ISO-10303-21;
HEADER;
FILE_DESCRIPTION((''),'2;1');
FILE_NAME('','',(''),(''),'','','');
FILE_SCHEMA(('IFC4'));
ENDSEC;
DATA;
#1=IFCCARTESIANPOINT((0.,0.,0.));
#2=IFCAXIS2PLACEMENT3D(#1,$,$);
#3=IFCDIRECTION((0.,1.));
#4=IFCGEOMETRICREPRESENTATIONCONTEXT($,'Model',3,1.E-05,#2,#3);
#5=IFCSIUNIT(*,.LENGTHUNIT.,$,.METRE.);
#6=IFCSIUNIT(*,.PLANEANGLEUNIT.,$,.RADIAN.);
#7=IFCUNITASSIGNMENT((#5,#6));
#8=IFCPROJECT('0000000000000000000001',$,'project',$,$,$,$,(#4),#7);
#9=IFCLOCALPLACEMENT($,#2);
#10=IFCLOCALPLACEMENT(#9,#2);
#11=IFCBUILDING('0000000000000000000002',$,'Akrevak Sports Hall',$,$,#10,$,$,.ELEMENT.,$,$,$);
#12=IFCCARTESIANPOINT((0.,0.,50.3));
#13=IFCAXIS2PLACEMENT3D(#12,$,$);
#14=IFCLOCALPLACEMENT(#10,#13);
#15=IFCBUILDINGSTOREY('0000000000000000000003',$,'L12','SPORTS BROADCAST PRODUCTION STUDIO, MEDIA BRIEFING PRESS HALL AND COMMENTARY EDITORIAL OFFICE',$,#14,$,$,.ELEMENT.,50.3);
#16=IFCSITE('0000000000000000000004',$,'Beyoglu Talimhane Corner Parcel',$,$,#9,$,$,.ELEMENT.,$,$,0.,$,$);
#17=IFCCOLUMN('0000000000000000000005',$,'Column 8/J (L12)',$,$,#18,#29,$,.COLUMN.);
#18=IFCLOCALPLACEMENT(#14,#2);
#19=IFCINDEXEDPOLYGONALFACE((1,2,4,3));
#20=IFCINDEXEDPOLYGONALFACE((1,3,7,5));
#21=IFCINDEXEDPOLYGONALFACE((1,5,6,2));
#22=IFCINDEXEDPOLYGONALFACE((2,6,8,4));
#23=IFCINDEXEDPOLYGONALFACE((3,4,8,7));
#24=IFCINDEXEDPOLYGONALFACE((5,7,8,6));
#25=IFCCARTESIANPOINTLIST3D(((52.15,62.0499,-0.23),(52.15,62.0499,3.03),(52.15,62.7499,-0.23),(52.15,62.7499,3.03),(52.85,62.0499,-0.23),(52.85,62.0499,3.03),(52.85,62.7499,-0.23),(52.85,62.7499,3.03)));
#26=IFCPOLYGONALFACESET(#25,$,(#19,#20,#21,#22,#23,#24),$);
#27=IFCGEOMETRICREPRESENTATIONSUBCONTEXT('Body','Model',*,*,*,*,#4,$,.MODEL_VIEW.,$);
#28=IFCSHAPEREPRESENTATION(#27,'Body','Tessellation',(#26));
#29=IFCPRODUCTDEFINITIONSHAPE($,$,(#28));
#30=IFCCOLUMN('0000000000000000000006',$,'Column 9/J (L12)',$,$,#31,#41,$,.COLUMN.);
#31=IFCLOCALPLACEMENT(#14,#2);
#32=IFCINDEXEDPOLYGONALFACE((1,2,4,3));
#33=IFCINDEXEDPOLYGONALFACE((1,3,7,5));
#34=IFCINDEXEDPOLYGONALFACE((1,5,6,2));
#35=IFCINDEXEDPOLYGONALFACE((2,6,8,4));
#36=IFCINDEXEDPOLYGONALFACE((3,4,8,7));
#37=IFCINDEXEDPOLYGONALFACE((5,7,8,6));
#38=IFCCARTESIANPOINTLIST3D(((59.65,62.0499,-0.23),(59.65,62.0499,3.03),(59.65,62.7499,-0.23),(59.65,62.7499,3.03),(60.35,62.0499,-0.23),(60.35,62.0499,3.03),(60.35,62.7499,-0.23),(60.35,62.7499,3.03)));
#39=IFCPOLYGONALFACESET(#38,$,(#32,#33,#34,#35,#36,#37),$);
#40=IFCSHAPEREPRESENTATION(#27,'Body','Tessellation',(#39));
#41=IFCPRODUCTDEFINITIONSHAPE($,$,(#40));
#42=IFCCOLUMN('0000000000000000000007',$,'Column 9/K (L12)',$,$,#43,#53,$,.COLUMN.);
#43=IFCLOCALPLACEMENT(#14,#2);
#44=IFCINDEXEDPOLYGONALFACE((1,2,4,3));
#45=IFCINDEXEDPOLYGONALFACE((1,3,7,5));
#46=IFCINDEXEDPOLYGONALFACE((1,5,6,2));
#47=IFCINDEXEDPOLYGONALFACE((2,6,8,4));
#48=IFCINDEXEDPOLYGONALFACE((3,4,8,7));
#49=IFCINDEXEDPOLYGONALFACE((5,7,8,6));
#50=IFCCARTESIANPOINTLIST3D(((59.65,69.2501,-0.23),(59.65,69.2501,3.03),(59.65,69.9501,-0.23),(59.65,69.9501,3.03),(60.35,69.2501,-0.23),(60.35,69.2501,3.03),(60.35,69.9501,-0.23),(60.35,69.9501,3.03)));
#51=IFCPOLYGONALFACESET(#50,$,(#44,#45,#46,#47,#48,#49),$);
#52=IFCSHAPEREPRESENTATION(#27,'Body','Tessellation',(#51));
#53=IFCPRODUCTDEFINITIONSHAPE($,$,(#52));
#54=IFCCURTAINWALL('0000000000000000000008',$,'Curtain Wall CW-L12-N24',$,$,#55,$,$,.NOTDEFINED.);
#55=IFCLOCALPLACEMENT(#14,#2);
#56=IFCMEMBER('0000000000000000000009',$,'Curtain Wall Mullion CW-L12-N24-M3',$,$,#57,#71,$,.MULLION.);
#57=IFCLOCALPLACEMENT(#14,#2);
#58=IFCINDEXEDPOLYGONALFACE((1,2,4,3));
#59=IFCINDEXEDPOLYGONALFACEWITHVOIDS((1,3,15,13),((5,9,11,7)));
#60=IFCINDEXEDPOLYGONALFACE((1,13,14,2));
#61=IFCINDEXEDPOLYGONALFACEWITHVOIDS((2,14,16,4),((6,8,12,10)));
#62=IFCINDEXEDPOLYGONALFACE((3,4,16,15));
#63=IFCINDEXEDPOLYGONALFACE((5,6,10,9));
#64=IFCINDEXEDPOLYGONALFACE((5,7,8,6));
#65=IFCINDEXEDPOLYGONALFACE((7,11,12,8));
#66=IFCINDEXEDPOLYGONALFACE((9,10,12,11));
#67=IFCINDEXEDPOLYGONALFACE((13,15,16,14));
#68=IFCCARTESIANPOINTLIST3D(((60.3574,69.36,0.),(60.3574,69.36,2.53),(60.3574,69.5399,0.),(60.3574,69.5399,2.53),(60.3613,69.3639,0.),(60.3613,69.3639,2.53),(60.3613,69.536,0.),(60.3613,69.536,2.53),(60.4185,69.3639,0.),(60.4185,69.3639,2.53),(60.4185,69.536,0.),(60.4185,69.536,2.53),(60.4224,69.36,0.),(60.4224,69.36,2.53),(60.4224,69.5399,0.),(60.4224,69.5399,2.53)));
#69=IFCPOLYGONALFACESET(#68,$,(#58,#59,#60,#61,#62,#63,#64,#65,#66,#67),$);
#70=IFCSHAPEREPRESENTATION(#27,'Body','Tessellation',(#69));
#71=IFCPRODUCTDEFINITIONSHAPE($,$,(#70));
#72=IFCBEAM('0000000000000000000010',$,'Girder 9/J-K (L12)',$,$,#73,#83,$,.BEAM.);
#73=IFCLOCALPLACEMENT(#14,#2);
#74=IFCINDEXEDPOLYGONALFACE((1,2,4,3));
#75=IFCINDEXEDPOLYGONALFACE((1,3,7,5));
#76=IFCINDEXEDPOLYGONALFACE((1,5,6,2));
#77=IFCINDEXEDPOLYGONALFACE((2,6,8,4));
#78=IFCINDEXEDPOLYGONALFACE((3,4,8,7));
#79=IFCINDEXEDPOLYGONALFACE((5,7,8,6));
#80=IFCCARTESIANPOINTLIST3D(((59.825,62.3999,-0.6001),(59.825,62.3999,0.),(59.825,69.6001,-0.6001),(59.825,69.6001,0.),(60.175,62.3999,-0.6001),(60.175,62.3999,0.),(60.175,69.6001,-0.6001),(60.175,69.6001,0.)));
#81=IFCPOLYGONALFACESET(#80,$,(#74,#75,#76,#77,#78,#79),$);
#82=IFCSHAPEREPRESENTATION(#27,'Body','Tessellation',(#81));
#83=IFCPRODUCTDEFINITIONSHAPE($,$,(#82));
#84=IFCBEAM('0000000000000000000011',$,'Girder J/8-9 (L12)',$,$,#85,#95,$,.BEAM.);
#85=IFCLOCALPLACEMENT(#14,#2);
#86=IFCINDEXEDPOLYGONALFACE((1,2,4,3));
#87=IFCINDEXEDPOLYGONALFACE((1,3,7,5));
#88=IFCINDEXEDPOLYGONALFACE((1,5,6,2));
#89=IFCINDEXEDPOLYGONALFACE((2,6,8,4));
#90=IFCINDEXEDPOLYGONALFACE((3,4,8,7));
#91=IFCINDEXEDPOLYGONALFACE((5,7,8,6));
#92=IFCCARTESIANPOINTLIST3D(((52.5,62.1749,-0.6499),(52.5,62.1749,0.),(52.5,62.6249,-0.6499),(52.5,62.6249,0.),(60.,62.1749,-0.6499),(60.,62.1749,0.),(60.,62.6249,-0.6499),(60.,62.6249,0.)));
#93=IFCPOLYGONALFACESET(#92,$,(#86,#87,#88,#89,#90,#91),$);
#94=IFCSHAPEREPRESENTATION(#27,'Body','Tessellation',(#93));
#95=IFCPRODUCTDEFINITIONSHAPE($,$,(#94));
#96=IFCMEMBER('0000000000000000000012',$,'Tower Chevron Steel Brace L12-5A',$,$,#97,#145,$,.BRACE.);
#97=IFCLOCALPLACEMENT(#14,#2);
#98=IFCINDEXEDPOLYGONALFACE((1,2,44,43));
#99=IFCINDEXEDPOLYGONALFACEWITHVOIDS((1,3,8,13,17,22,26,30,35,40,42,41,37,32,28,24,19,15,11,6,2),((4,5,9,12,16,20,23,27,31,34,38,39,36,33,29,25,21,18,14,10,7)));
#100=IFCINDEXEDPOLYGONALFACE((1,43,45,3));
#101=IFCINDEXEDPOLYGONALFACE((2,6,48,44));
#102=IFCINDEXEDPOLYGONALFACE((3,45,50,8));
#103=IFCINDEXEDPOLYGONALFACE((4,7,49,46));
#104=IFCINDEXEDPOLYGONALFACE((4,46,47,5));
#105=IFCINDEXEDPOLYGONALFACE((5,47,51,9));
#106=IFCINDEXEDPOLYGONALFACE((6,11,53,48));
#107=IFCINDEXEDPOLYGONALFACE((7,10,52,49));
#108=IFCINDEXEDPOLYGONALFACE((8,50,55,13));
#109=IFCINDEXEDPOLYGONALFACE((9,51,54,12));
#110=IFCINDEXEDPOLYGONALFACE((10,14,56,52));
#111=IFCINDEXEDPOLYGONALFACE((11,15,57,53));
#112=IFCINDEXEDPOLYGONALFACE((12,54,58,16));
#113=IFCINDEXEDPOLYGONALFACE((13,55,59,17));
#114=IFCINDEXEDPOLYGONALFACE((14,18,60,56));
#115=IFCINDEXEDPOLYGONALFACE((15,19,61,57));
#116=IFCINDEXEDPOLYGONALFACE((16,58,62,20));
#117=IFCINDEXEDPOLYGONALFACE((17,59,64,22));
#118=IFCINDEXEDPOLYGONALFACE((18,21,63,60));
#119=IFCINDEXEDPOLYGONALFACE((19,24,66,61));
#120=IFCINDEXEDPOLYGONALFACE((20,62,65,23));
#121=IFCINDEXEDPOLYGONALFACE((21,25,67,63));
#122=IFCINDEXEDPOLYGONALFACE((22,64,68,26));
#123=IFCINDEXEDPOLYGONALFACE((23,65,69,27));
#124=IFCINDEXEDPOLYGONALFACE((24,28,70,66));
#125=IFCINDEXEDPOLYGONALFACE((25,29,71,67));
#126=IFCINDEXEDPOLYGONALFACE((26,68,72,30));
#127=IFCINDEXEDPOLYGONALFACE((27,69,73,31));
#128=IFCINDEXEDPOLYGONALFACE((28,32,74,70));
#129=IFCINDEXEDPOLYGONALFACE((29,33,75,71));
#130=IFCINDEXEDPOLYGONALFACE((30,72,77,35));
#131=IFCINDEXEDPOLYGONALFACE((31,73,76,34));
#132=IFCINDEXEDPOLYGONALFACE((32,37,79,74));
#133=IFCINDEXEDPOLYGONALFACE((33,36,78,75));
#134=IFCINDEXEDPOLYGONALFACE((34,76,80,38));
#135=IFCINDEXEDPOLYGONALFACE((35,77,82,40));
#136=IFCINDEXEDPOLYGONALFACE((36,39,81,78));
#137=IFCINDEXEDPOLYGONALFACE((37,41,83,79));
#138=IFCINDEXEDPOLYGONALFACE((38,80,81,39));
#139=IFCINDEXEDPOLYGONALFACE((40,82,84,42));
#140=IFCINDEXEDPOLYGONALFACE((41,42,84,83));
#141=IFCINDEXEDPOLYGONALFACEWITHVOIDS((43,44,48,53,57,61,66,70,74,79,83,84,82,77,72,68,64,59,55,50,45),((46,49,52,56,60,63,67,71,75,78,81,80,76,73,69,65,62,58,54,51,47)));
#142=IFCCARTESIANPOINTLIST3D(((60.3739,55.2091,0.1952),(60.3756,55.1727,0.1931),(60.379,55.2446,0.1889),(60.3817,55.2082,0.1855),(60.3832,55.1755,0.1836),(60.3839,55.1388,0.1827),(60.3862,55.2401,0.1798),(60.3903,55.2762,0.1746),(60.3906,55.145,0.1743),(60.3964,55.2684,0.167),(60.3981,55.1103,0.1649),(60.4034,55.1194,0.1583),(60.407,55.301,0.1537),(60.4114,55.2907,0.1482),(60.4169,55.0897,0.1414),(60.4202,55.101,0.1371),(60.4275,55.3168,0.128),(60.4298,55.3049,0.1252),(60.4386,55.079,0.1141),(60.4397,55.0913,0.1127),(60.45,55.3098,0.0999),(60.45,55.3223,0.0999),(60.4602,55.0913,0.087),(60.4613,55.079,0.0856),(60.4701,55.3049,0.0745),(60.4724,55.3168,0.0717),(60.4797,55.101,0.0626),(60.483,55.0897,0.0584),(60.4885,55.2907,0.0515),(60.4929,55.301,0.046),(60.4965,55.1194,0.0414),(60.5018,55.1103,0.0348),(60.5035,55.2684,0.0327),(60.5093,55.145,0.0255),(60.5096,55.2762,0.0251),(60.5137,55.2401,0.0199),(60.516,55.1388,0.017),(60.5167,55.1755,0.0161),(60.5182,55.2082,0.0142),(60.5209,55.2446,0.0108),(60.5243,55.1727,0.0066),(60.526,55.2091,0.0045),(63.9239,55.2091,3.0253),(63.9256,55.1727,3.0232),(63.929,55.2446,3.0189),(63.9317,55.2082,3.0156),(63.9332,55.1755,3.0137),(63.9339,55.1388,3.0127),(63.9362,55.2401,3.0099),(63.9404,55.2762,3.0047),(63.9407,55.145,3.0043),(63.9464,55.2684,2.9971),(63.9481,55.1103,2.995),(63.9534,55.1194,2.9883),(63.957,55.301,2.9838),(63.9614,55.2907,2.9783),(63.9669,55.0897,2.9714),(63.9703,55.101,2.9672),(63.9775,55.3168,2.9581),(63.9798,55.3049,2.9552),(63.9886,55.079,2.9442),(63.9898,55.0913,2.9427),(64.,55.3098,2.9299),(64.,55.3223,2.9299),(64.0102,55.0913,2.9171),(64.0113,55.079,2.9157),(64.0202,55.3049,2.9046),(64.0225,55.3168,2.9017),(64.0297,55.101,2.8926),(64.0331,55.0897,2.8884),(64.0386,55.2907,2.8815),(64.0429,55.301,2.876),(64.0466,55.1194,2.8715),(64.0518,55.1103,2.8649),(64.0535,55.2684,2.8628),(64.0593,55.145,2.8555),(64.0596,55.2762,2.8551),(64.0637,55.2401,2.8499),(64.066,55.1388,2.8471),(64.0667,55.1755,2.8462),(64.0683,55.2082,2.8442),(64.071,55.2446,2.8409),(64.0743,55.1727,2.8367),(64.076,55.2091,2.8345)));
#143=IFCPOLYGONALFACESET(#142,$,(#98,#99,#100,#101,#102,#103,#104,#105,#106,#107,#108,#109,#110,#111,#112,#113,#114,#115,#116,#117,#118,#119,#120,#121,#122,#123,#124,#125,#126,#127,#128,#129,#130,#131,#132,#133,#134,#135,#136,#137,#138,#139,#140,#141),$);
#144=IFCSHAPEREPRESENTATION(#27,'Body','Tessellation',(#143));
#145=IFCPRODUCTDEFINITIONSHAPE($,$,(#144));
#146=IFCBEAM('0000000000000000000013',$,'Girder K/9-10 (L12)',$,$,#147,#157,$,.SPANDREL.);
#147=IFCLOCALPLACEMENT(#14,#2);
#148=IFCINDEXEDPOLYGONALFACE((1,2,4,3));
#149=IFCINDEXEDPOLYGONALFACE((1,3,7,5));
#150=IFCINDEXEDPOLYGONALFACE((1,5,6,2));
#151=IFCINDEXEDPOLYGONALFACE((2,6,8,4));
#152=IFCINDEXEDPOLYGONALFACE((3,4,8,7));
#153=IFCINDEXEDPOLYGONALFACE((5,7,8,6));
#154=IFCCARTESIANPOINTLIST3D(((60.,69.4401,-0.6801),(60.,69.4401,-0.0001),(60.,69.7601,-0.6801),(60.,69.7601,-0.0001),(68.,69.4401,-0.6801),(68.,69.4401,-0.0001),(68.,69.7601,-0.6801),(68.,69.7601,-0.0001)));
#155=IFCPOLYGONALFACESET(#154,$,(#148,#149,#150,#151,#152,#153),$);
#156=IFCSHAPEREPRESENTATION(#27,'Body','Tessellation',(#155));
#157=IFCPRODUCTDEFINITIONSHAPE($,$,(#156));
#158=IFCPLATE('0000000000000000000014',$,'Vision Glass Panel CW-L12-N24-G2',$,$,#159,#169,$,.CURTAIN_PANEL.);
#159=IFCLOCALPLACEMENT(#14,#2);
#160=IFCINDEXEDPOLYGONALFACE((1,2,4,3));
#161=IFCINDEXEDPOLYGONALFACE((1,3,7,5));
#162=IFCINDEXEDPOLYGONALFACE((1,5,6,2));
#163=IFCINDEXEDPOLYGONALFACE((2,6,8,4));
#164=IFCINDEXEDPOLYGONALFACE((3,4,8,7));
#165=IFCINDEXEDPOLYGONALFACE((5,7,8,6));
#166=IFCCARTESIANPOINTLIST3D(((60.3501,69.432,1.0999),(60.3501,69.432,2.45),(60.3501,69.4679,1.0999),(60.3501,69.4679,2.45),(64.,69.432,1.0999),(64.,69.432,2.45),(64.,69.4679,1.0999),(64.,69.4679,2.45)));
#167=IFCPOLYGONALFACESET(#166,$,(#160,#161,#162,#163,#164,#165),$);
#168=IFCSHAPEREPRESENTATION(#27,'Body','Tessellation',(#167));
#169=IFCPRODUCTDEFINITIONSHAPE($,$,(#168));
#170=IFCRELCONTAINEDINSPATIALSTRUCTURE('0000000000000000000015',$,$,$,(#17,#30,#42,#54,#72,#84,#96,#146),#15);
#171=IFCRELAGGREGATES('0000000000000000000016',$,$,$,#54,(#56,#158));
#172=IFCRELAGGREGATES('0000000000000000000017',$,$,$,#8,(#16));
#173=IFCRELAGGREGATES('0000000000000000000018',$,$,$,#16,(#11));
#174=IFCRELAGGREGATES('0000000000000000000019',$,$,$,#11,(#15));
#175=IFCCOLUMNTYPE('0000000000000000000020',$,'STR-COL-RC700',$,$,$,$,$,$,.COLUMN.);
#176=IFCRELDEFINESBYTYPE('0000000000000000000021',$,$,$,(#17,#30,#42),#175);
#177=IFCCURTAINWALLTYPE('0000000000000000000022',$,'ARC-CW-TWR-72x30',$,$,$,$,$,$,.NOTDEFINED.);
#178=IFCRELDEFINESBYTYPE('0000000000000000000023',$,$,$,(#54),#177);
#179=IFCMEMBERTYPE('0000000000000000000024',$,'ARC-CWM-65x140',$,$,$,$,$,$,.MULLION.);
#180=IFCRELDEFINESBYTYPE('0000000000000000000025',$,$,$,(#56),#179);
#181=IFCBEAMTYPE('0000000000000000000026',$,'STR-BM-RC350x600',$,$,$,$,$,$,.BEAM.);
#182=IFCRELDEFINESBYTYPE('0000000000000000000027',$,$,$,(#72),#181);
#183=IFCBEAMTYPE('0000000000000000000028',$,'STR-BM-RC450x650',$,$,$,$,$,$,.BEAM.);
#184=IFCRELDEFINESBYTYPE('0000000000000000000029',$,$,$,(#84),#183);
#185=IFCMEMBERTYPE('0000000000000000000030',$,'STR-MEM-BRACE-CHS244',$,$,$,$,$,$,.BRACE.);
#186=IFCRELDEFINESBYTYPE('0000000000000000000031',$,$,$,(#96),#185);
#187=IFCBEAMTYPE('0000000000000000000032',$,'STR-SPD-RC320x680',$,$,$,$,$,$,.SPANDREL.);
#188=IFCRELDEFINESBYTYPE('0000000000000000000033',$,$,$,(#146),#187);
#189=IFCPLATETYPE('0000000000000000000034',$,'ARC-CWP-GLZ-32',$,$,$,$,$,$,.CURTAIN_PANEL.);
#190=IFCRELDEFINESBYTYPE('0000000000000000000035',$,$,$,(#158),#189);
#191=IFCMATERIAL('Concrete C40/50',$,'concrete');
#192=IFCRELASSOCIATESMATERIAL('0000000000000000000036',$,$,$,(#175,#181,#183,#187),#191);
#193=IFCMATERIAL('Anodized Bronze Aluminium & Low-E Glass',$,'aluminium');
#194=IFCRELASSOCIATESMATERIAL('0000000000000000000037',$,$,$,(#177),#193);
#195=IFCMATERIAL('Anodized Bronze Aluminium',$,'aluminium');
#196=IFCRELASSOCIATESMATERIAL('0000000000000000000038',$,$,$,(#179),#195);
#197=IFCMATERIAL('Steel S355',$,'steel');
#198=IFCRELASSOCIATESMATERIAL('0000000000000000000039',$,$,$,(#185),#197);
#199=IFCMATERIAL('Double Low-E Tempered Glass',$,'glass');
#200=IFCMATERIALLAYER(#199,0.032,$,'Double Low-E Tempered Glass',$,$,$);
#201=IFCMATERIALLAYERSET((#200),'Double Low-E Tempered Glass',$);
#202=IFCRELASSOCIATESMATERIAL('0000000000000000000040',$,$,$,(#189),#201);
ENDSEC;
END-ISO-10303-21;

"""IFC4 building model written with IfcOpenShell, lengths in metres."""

from ifc_helpers import new_model, si_unit, direction, frame, origin, origin_2d, place, context, subcontext, project, spatial, rectangle, hollow_rectangle, hollow_circle, extrude, material, layer, layer_set, material_profile, profile_set, type_object, element, aggregate, save


model = new_model("IFC4")

# Units and contexts
model_context = context("Model", 3, precision=1e-05, world=origin(), true_north=direction((0.0, 1.0)))
body_context = subcontext(model_context, "Body", "Model", "MODEL_VIEW")
ifc_project = project(units=[si_unit("LENGTHUNIT", "METRE"), si_unit("PLANEANGLEUNIT", "RADIAN")], contexts=[model_context])

# Site, building, storey
site_placement = place(None, origin())
site = spatial("IfcSite", under=ifc_project, at=site_placement, Name="Beyoglu Talimhane Corner Parcel", CompositionType="ELEMENT", RefElevation=0.0)
building_placement = place(site_placement, origin())
building = spatial("IfcBuilding", under=site, at=building_placement, Name="Akrevak Sports Hall", CompositionType="ELEMENT")
storey_placement = place(building_placement, frame((0.0, 0.0, 50.3)))
storey = spatial("IfcBuildingStorey", under=building, at=storey_placement, Name="L12", Description="SPORTS BROADCAST PRODUCTION STUDIO, MEDIA BRIEFING PRESS HALL AND COMMENTARY EDITORIAL OFFICE", CompositionType="ELEMENT", Elevation=50.3)

# Columns
ifc_material_1 = material(Name="Concrete C40/50", Category="concrete")
ifc_material_profile_1 = material_profile(ifc_material_1, rectangle(XDim=0.7, YDim=0.7, at=origin_2d()), Name="RC 700x700", Category="concrete")
ifc_profile_set_1 = profile_set([ifc_material_profile_1], Name="Concrete C40/50")
column_type = type_object("IfcColumnType", Name="STR-COL-RC700", PredefinedType="COLUMN", material=ifc_profile_set_1)
for number, where, z_axis, x_axis, name in (
    (1, (52.5, 62.3999, -0.23), (0.0, 0.0, 1.0), (1.0, 0.0, 0.0), "Column 8/J (L12)"),
    (2, (60.0, 62.3999, -0.23), (0.0, 0.0, 1.0), (1.0, 0.0, 0.0), "Column 9/J (L12)"),
    (3, (60.0, 69.6001, -0.23), (0.0, 0.0, 1.0), (1.0, 0.0, 0.0), "Column 9/K (L12)"),
):
    element("IfcColumn", number, at=place(storey_placement, frame(where, z_axis=z_axis, x_axis=x_axis)), inside=storey, type_object=column_type, Name=name, PredefinedType="COLUMN", context=body_context, shape_type="SweptSolid", body=[
        extrude(rectangle(XDim=0.7, YDim=0.7, at=origin_2d()), origin(), (0.0, 0.0, 1.0), 3.26),
    ])

# Curtain wall, member
ifc_material_2 = material(Name="Anodized Bronze Aluminium & Low-E Glass", Category="aluminium")
curtain_wall_type = type_object("IfcCurtainWallType", Name="ARC-CW-TWR-72x30", PredefinedType="NOTDEFINED", material=ifc_material_2)
curtain_wall_placement = place(storey_placement, origin())
curtain_wall = element("IfcCurtainWall", 4, at=curtain_wall_placement, inside=storey, type_object=curtain_wall_type, Name="Curtain Wall CW-L12-N24", PredefinedType="NOTDEFINED")
ifc_material_3 = material(Name="Anodized Bronze Aluminium", Category="aluminium")
ifc_material_profile_2 = material_profile(ifc_material_3, hollow_rectangle(XDim=0.0649, YDim=0.1799, WallThickness=0.0039, at=origin_2d()), Name="CWM 65x180", Category="aluminium")
ifc_profile_set_2 = profile_set([ifc_material_profile_2], Name="Anodized Bronze Aluminium")
member_type_1 = type_object("IfcMemberType", Name="ARC-CWM-65x140", PredefinedType="MULLION", material=ifc_profile_set_2)
member_1_placement = place(storey_placement, frame((60.3899, 69.45, 0.0), z_axis=(0.0, 0.0, 1.0), x_axis=(-1.0, 0.0, 0.0)))
member_1 = element("IfcMember", 5, at=member_1_placement, type_object=member_type_1, Name="Curtain Wall Mullion CW-L12-N24-M3", PredefinedType="MULLION", context=body_context, shape_type="SweptSolid", body=[
    extrude(hollow_rectangle(XDim=0.0649, YDim=0.1799, WallThickness=0.0039, at=origin_2d()), origin(), (0.0, 0.0, 1.0), 2.53),
])

# Beams
ifc_material_profile_3 = material_profile(ifc_material_1, rectangle(XDim=0.3501, YDim=0.6001, at=origin_2d()), Name="BM 350x600", Category="concrete")
ifc_profile_set_3 = profile_set([ifc_material_profile_3], Name="Concrete C40/50")
beam_type_1 = type_object("IfcBeamType", Name="STR-BM-RC350x600", PredefinedType="BEAM", material=ifc_profile_set_3)
beam_1_placement = place(storey_placement, frame((60.0, 62.3999, -0.3), z_axis=(0.0, 1.0, 0.0), x_axis=(-1.0, 0.0, 0.0)))
element("IfcBeam", 6, at=beam_1_placement, inside=storey, type_object=beam_type_1, Name="Girder 9/J-K (L12)", PredefinedType="BEAM", context=body_context, shape_type="SweptSolid", body=[
    extrude(rectangle(XDim=0.3501, YDim=0.6001, at=origin_2d()), origin(), (0.0, 0.0, 1.0), 7.2002),
])
ifc_material_profile_4 = material_profile(ifc_material_1, rectangle(XDim=0.45, YDim=0.6499, at=origin_2d()), Name="BM 450x650", Category="concrete")
ifc_profile_set_4 = profile_set([ifc_material_profile_4], Name="Concrete C40/50")
beam_type_2 = type_object("IfcBeamType", Name="STR-BM-RC450x650", PredefinedType="BEAM", material=ifc_profile_set_4)
beam_2_placement = place(storey_placement, frame((52.5, 62.3999, -0.325), z_axis=(1.0, 0.0, 0.0), x_axis=(0.0, 1.0, 0.0)))
element("IfcBeam", 7, at=beam_2_placement, inside=storey, type_object=beam_type_2, Name="Girder J/8-9 (L12)", PredefinedType="BEAM", context=body_context, shape_type="SweptSolid", body=[
    extrude(rectangle(XDim=0.45, YDim=0.6499, at=origin_2d()), origin(), (0.0, 0.0, 1.0), 7.5),
])

# Member
ifc_material_4 = material(Name="Steel S355", Category="steel")
ifc_material_profile_5 = material_profile(ifc_material_4, hollow_circle(Radius=0.1223, WallThickness=0.0125, at=origin_2d()), Name="CHS 244.5x12.5", Category="steel")
ifc_profile_set_5 = profile_set([ifc_material_profile_5], Name="Steel S355")
member_type_2 = type_object("IfcMemberType", Name="STR-MEM-BRACE-CHS244", PredefinedType="BRACE", material=ifc_profile_set_5)
member_2_placement = place(storey_placement, frame((60.45, 55.2, 0.0999), z_axis=(0.781938, 0.0, 0.623356), x_axis=(0.0, 1.0, 0.0)))
element("IfcMember", 8, at=member_2_placement, inside=storey, type_object=member_type_2, Name="Tower Chevron Steel Brace L12-5A", PredefinedType="BRACE", context=body_context, shape_type="SweptSolid", body=[
    extrude(hollow_circle(Radius=0.1223, WallThickness=0.0125, at=origin_2d()), origin(), (0.0, 0.0, 1.0), 4.54),
])

# Beam
ifc_material_profile_6 = material_profile(ifc_material_1, rectangle(XDim=0.3201, YDim=0.6799, at=origin_2d()), Name="SPD 320x680", Category="concrete")
ifc_profile_set_6 = profile_set([ifc_material_profile_6], Name="Concrete C40/50")
beam_type_3 = type_object("IfcBeamType", Name="STR-SPD-RC320x680", PredefinedType="SPANDREL", material=ifc_profile_set_6)
beam_3_placement = place(storey_placement, frame((60.0, 69.6001, -0.3401), z_axis=(1.0, 0.0, 0.0), x_axis=(0.0, 1.0, 0.0)))
element("IfcBeam", 9, at=beam_3_placement, inside=storey, type_object=beam_type_3, Name="Girder K/9-10 (L12)", PredefinedType="SPANDREL", context=body_context, shape_type="SweptSolid", body=[
    extrude(rectangle(XDim=0.3201, YDim=0.6799, at=origin_2d()), origin(), (0.0, 0.0, 1.0), 8.0),
])

# Plate
ifc_material_5 = material(Name="Double Low-E Tempered Glass", Category="glass")
ifc_layer_1 = layer(ifc_material_5, 0.032, Name="Double Low-E Tempered Glass")
ifc_layer_set_1 = layer_set([ifc_layer_1], Name="Double Low-E Tempered Glass")
plate_type = type_object("IfcPlateType", Name="ARC-CWP-GLZ-32", PredefinedType="CURTAIN_PANEL", material=ifc_layer_set_1)
plate_placement = place(storey_placement, frame((62.175, 69.45, 1.0999), z_axis=(0.0, 0.0, 1.0), x_axis=(-1.0, 0.0, 0.0)))
plate = element("IfcPlate", 10, at=plate_placement, type_object=plate_type, Name="Vision Glass Panel CW-L12-N24-G2", PredefinedType="CURTAIN_PANEL", context=body_context, shape_type="SweptSolid", body=[
    extrude(rectangle(XDim=3.6499, YDim=0.0359, at=origin_2d()), origin(), (0.0, 0.0, 1.0), 1.3501),
])
aggregate(curtain_wall, [member_1, plate])

save(model, "model.ifc")
